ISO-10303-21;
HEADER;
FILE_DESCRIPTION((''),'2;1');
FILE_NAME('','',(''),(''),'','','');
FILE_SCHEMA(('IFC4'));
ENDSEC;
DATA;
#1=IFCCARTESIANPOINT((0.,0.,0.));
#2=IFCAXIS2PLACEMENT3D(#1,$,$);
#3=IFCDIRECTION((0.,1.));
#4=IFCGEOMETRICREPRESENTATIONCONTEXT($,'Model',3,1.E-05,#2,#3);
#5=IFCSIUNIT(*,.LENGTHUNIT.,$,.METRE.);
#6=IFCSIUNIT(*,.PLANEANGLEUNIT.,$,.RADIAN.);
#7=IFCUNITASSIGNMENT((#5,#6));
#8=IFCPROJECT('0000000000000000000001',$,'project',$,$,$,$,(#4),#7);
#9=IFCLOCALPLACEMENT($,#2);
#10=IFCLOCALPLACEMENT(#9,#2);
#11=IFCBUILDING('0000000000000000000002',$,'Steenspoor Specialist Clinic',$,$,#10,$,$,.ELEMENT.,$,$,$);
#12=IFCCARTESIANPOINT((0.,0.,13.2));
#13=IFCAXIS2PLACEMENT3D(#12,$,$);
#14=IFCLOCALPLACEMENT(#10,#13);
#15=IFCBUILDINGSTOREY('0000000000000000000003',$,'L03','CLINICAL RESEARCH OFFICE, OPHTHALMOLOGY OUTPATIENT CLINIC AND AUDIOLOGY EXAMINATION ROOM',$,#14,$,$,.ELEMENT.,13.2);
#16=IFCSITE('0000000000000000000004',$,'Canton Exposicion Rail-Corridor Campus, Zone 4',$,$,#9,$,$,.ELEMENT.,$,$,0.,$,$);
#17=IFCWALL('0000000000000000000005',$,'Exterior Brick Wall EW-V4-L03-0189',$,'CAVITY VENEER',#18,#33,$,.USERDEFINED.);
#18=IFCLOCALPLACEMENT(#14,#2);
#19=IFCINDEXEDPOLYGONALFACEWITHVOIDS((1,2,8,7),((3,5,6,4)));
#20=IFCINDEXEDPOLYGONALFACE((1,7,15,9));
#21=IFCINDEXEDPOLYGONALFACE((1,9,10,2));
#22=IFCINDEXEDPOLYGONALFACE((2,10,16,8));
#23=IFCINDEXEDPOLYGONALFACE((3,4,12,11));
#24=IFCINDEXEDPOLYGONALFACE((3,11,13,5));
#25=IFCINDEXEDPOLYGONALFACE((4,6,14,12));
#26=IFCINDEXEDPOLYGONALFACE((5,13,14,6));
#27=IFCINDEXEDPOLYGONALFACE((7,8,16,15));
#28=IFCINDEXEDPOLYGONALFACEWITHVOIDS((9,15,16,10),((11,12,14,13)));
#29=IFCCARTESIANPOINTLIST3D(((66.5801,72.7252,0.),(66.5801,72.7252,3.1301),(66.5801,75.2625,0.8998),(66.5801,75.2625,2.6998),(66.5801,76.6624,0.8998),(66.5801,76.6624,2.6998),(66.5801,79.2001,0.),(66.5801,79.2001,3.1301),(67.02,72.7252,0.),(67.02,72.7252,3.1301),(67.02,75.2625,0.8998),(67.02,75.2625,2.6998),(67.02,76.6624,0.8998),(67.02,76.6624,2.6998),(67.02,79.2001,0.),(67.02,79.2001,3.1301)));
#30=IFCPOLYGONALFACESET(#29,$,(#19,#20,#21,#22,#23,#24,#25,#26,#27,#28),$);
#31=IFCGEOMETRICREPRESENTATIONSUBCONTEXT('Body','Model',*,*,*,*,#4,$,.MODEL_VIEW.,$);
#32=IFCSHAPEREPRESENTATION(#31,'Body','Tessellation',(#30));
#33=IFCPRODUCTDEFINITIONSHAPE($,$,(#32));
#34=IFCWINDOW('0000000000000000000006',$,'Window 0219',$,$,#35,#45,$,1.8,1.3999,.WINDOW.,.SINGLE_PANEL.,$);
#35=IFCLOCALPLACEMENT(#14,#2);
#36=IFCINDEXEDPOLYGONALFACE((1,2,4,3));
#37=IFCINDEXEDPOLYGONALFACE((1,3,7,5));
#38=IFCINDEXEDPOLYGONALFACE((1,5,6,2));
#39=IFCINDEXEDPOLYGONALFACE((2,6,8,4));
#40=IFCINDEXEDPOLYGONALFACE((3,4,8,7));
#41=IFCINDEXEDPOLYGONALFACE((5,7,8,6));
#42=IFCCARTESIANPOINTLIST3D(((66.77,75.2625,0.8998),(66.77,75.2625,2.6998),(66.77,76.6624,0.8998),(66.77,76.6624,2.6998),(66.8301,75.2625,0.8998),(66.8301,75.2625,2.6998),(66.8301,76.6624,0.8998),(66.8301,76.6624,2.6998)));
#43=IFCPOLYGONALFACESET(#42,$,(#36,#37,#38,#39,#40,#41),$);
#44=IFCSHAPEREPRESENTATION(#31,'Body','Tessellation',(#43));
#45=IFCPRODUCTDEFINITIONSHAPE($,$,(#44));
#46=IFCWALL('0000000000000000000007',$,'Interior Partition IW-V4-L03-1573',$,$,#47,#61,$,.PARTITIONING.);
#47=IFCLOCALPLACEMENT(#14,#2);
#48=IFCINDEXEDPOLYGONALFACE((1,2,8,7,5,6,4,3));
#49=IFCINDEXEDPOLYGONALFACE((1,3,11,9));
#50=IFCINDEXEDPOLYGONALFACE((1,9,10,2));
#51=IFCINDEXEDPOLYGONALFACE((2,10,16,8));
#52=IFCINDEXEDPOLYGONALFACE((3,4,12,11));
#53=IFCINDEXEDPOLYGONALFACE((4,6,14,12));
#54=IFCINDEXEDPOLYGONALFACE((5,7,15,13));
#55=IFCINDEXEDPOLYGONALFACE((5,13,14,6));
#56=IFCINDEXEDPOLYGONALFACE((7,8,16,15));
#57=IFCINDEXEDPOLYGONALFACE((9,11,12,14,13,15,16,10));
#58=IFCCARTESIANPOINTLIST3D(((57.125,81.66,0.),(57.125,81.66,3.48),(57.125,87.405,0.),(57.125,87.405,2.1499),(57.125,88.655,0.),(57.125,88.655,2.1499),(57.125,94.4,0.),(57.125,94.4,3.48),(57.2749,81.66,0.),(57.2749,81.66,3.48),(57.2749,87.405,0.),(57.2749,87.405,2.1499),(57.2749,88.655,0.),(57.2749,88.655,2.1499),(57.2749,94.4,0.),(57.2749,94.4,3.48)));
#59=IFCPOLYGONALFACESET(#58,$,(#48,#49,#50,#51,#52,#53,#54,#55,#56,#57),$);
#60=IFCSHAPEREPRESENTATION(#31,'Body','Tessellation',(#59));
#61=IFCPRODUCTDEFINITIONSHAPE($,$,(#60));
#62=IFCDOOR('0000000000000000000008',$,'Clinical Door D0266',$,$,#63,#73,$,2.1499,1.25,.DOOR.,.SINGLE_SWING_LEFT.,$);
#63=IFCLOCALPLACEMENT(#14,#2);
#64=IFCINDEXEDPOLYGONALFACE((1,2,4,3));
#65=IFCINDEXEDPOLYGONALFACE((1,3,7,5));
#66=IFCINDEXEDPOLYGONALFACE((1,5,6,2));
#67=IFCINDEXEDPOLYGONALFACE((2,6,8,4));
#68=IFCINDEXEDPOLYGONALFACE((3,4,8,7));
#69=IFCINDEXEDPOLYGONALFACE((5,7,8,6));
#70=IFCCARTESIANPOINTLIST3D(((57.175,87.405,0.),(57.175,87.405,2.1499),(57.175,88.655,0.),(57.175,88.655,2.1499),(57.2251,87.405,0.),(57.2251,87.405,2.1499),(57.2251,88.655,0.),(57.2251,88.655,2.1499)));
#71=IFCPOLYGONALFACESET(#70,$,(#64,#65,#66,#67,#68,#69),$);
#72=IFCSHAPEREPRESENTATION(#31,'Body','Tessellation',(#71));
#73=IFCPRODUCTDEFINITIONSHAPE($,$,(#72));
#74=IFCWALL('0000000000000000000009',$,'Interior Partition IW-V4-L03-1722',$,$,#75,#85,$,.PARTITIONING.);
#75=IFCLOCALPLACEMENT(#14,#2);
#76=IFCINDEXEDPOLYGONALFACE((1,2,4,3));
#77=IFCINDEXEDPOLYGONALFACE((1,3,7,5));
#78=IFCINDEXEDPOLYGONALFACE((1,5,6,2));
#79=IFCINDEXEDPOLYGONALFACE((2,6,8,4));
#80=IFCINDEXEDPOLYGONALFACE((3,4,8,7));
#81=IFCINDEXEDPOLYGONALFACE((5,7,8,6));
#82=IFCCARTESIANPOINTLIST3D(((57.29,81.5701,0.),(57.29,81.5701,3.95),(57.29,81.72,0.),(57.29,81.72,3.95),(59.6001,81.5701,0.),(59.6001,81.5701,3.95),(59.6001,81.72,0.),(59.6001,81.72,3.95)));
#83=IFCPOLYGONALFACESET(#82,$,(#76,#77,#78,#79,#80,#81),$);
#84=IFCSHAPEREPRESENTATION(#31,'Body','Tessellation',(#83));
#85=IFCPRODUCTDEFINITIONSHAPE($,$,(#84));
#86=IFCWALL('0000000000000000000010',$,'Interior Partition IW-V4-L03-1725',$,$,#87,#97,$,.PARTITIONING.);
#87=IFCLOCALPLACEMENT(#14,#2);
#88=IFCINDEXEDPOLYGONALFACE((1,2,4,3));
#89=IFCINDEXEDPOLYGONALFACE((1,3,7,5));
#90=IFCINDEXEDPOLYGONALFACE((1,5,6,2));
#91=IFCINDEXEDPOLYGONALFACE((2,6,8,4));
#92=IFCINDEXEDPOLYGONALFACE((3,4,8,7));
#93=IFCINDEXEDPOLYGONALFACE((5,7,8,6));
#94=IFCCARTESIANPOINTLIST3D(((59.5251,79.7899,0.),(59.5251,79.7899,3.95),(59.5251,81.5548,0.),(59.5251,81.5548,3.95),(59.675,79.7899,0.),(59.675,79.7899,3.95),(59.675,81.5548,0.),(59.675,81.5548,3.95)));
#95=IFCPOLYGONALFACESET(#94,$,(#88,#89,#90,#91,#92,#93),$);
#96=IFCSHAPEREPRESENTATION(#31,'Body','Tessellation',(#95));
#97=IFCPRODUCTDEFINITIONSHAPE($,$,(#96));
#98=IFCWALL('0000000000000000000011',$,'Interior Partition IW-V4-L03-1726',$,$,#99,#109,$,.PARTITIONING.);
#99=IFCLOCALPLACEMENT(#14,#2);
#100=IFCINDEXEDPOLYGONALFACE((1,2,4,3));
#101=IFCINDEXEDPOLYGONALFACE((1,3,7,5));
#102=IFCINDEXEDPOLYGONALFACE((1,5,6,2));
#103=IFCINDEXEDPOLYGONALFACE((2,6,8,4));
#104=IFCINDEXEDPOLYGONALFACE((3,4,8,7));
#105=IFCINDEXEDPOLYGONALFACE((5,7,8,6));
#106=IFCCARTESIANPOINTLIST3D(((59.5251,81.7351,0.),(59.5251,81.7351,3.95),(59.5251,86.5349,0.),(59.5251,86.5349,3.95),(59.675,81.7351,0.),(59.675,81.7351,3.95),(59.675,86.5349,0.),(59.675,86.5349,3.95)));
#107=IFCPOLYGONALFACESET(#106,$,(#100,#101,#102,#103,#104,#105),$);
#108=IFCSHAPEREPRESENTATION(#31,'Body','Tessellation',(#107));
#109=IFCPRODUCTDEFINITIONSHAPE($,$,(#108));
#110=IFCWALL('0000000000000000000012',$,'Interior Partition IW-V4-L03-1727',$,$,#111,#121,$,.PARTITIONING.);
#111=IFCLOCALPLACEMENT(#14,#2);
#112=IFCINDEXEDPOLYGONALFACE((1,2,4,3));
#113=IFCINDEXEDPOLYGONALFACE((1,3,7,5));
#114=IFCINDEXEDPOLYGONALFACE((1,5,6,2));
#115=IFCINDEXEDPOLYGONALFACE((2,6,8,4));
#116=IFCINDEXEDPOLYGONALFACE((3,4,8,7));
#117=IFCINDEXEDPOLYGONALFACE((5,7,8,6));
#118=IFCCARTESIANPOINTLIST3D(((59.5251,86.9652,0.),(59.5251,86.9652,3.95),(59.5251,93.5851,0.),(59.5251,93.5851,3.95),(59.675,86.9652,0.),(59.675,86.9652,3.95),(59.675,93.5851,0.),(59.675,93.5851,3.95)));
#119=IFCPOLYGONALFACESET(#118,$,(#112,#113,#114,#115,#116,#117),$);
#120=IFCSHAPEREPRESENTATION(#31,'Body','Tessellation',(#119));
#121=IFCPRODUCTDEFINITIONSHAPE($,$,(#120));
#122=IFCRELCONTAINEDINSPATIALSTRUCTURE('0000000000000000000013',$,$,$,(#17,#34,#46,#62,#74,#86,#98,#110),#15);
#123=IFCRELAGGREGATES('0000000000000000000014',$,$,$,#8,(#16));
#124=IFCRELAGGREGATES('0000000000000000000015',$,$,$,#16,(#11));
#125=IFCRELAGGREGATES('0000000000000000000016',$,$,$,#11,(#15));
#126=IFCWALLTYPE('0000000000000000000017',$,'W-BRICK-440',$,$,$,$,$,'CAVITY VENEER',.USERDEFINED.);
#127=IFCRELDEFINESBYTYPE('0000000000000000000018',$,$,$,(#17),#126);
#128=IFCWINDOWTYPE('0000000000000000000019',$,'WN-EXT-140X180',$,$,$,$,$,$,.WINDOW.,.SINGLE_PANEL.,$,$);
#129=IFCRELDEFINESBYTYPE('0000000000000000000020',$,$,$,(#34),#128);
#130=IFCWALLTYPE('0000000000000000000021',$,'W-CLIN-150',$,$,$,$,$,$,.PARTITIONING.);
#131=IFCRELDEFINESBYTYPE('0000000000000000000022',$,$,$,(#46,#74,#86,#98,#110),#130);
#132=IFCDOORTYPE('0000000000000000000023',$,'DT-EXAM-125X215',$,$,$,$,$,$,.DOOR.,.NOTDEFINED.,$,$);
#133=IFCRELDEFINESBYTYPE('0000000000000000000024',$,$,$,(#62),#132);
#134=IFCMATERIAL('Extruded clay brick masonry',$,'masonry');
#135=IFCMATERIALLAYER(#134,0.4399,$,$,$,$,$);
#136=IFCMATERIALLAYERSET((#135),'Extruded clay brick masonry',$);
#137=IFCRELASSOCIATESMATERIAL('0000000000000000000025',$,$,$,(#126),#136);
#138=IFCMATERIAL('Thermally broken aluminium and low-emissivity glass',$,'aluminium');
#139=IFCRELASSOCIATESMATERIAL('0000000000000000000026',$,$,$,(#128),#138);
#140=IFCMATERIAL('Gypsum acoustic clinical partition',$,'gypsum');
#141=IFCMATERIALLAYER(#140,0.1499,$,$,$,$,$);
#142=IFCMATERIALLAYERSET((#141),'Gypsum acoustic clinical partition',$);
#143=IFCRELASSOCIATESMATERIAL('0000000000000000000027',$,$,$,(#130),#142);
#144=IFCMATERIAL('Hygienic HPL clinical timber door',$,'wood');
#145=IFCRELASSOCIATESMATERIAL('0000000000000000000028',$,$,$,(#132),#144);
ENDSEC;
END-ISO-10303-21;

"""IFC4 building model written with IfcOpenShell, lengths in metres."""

from ifc_helpers import new_model, si_unit, direction, frame, frame_2d, origin, place, context, subcontext, project, spatial, rectangle, extrude, material, layer, layer_set, type_object, element, fill, save


model = new_model("IFC4")

# Units and contexts
model_context = context("Model", 3, precision=1e-05, world=origin(), true_north=direction((0.0, 1.0)))
body_context = subcontext(model_context, "Body", "Model", "MODEL_VIEW")
ifc_project = project(units=[si_unit("LENGTHUNIT", "METRE"), si_unit("PLANEANGLEUNIT", "RADIAN")], contexts=[model_context])

# Site, building, storey
site_placement = place(None, origin())
site = spatial("IfcSite", under=ifc_project, at=site_placement, Name="Canton Exposicion Rail-Corridor Campus, Zone 4", CompositionType="ELEMENT", RefElevation=0.0)
building_placement = place(site_placement, origin())
building = spatial("IfcBuilding", under=site, at=building_placement, Name="Steenspoor Specialist Clinic", CompositionType="ELEMENT")
storey_placement = place(building_placement, frame((0.0, 0.0, 13.2)))
storey = spatial("IfcBuildingStorey", under=building, at=storey_placement, Name="L03", Description="CLINICAL RESEARCH OFFICE, OPHTHALMOLOGY OUTPATIENT CLINIC AND AUDIOLOGY EXAMINATION ROOM", CompositionType="ELEMENT", Elevation=13.2)

# Shared definitions
ifc_material_1 = material(Name="Thermally broken aluminium and low-emissivity glass", Category="aluminium")

# Wall, opening, window
ifc_material_2 = material(Name="Extruded clay brick masonry", Category="masonry")
ifc_layer_1 = layer(ifc_material_2, 0.4399)
ifc_layer_set_1 = layer_set([ifc_layer_1], Name="Extruded clay brick masonry")
wall_type_1 = type_object("IfcWallType", Name="W-BRICK-440", ElementType="CAVITY VENEER", PredefinedType="USERDEFINED", material=ifc_layer_set_1)
wall_1_placement = place(storey_placement, frame((66.8, 79.2, 0.0), z_axis=(0.0, 0.0, 1.0), x_axis=(0.0, -1.0, 0.0)))
wall_1 = element("IfcWall", 1, at=wall_1_placement, inside=storey, type_object=wall_type_1, Name="Exterior Brick Wall EW-V4-L03-0189", ObjectType="CAVITY VENEER", PredefinedType="USERDEFINED", context=body_context, shape_type="SweptSolid", body=[
    extrude(rectangle(XDim=6.4749, YDim=0.4399, at=frame_2d((3.2373, 0.0))), origin(), (0.0, 0.0, 1.0), 3.1301),
])
opening_1_placement = place(wall_1_placement, frame((2.5376, 0.0, 0.8999)))
opening_1 = element("IfcOpeningElement", 2, at=opening_1_placement, cuts=wall_1, PredefinedType="OPENING", context=body_context, shape_type="SweptSolid", body=[
    extrude(rectangle(XDim=1.3999, YDim=1.8, at=frame_2d((0.7, 0.8999))), frame((0.0, 0.23, 0.0), z_axis=(0.0, -1.0, 0.0), x_axis=(1.0, 0.0, 0.0)), (0.0, 0.0, 1.0), 0.46),
])
window_type = type_object("IfcWindowType", Name="WN-EXT-140X180", PartitioningType="SINGLE_PANEL", PredefinedType="WINDOW", material=ifc_material_1)
window_placement = place(opening_1_placement, origin())
window = element("IfcWindow", 3, at=window_placement, inside=storey, type_object=window_type, Name="Window 0219", OverallHeight=1.8, OverallWidth=1.3999, PartitioningType="SINGLE_PANEL", PredefinedType="WINDOW", context=body_context, shape_type="SweptSolid", body=[
    extrude(rectangle(XDim=1.3999, YDim=1.8, at=frame_2d((0.7, 0.8999))), frame((0.0, 0.03, 0.0), z_axis=(0.0, -1.0, 0.0), x_axis=(1.0, 0.0, 0.0)), (0.0, 0.0, 1.0), 0.0601),
])
fill(opening_1, window)

# Wall, opening, door
ifc_material_3 = material(Name="Gypsum acoustic clinical partition", Category="gypsum")
ifc_layer_2 = layer(ifc_material_3, 0.1499)
ifc_layer_set_2 = layer_set([ifc_layer_2], Name="Gypsum acoustic clinical partition")
wall_type_2 = type_object("IfcWallType", Name="W-CLIN-150", PredefinedType="PARTITIONING", material=ifc_layer_set_2)
wall_2_placement = place(storey_placement, frame((57.2, 81.6599, 0.0), z_axis=(0.0, 0.0, 1.0), x_axis=(0.0, 1.0, 0.0)))
wall_2 = element("IfcWall", 4, at=wall_2_placement, inside=storey, type_object=wall_type_2, Name="Interior Partition IW-V4-L03-1573", PredefinedType="PARTITIONING", context=body_context, shape_type="SweptSolid", body=[
    extrude(rectangle(XDim=12.74, YDim=0.1499, at=frame_2d((6.3701, 0.0))), origin(), (0.0, 0.0, 1.0), 3.48),
])
opening_2_placement = place(wall_2_placement, frame((5.7451, 0.0, 0.0)))
opening_2 = element("IfcOpeningElement", 5, at=opening_2_placement, cuts=wall_2, PredefinedType="OPENING", context=body_context, shape_type="SweptSolid", body=[
    extrude(rectangle(XDim=1.25, YDim=2.1499, at=frame_2d((0.625, 1.075))), frame((0.0, 0.085, 0.0), z_axis=(0.0, -1.0, 0.0), x_axis=(1.0, 0.0, 0.0)), (0.0, 0.0, 1.0), 0.1699),
])
ifc_material_4 = material(Name="Hygienic HPL clinical timber door", Category="wood")
door_type = type_object("IfcDoorType", Name="DT-EXAM-125X215", OperationType="NOTDEFINED", PredefinedType="DOOR", material=ifc_material_4)
door_placement = place(opening_2_placement, origin())
door = element("IfcDoor", 6, at=door_placement, inside=storey, type_object=door_type, Name="Clinical Door D0266", OperationType="SINGLE_SWING_LEFT", OverallHeight=2.1499, OverallWidth=1.25, PredefinedType="DOOR", context=body_context, shape_type="SweptSolid", body=[
    extrude(rectangle(XDim=1.25, YDim=2.1499, at=frame_2d((0.625, 1.075))), frame((0.0, 0.0249, 0.0), z_axis=(0.0, -1.0, 0.0), x_axis=(1.0, 0.0, 0.0)), (0.0, 0.0, 1.0), 0.05),
])
fill(opening_2, door)

# Walls
wall_3_placement = place(storey_placement, frame((57.29, 81.645, 0.0), z_axis=(0.0, 0.0, 1.0), x_axis=(1.0, 0.0, 0.0)))
element("IfcWall", 7, at=wall_3_placement, inside=storey, type_object=wall_type_2, Name="Interior Partition IW-V4-L03-1722", PredefinedType="PARTITIONING", context=body_context, shape_type="SweptSolid", body=[
    extrude(rectangle(XDim=2.3101, YDim=0.1499, at=frame_2d((1.155, 0.0))), origin(), (0.0, 0.0, 1.0), 3.95),
])
wall_4_placement = place(storey_placement, frame((59.6001, 79.79, 0.0), z_axis=(0.0, 0.0, 1.0), x_axis=(0.0, 1.0, 0.0)))
element("IfcWall", 8, at=wall_4_placement, inside=storey, type_object=wall_type_2, Name="Interior Partition IW-V4-L03-1725", PredefinedType="PARTITIONING", context=body_context, shape_type="SweptSolid", body=[
    extrude(rectangle(XDim=1.7649, YDim=0.1499, at=frame_2d((0.8823, 0.0))), origin(), (0.0, 0.0, 1.0), 3.95),
])
wall_5_placement = place(storey_placement, frame((59.6001, 81.7351, 0.0), z_axis=(0.0, 0.0, 1.0), x_axis=(0.0, 1.0, 0.0)))
element("IfcWall", 9, at=wall_5_placement, inside=storey, type_object=wall_type_2, Name="Interior Partition IW-V4-L03-1726", PredefinedType="PARTITIONING", context=body_context, shape_type="SweptSolid", body=[
    extrude(rectangle(XDim=4.7998, YDim=0.1499, at=frame_2d((2.3999, 0.0))), origin(), (0.0, 0.0, 1.0), 3.95),
])
wall_6_placement = place(storey_placement, frame((59.6001, 86.9651, 0.0), z_axis=(0.0, 0.0, 1.0), x_axis=(0.0, 1.0, 0.0)))
element("IfcWall", 10, at=wall_6_placement, inside=storey, type_object=wall_type_2, Name="Interior Partition IW-V4-L03-1727", PredefinedType="PARTITIONING", context=body_context, shape_type="SweptSolid", body=[
    extrude(rectangle(XDim=6.6199, YDim=0.1499, at=frame_2d((3.3101, 0.0))), origin(), (0.0, 0.0, 1.0), 3.95),
])

save(model, "model.ifc")
